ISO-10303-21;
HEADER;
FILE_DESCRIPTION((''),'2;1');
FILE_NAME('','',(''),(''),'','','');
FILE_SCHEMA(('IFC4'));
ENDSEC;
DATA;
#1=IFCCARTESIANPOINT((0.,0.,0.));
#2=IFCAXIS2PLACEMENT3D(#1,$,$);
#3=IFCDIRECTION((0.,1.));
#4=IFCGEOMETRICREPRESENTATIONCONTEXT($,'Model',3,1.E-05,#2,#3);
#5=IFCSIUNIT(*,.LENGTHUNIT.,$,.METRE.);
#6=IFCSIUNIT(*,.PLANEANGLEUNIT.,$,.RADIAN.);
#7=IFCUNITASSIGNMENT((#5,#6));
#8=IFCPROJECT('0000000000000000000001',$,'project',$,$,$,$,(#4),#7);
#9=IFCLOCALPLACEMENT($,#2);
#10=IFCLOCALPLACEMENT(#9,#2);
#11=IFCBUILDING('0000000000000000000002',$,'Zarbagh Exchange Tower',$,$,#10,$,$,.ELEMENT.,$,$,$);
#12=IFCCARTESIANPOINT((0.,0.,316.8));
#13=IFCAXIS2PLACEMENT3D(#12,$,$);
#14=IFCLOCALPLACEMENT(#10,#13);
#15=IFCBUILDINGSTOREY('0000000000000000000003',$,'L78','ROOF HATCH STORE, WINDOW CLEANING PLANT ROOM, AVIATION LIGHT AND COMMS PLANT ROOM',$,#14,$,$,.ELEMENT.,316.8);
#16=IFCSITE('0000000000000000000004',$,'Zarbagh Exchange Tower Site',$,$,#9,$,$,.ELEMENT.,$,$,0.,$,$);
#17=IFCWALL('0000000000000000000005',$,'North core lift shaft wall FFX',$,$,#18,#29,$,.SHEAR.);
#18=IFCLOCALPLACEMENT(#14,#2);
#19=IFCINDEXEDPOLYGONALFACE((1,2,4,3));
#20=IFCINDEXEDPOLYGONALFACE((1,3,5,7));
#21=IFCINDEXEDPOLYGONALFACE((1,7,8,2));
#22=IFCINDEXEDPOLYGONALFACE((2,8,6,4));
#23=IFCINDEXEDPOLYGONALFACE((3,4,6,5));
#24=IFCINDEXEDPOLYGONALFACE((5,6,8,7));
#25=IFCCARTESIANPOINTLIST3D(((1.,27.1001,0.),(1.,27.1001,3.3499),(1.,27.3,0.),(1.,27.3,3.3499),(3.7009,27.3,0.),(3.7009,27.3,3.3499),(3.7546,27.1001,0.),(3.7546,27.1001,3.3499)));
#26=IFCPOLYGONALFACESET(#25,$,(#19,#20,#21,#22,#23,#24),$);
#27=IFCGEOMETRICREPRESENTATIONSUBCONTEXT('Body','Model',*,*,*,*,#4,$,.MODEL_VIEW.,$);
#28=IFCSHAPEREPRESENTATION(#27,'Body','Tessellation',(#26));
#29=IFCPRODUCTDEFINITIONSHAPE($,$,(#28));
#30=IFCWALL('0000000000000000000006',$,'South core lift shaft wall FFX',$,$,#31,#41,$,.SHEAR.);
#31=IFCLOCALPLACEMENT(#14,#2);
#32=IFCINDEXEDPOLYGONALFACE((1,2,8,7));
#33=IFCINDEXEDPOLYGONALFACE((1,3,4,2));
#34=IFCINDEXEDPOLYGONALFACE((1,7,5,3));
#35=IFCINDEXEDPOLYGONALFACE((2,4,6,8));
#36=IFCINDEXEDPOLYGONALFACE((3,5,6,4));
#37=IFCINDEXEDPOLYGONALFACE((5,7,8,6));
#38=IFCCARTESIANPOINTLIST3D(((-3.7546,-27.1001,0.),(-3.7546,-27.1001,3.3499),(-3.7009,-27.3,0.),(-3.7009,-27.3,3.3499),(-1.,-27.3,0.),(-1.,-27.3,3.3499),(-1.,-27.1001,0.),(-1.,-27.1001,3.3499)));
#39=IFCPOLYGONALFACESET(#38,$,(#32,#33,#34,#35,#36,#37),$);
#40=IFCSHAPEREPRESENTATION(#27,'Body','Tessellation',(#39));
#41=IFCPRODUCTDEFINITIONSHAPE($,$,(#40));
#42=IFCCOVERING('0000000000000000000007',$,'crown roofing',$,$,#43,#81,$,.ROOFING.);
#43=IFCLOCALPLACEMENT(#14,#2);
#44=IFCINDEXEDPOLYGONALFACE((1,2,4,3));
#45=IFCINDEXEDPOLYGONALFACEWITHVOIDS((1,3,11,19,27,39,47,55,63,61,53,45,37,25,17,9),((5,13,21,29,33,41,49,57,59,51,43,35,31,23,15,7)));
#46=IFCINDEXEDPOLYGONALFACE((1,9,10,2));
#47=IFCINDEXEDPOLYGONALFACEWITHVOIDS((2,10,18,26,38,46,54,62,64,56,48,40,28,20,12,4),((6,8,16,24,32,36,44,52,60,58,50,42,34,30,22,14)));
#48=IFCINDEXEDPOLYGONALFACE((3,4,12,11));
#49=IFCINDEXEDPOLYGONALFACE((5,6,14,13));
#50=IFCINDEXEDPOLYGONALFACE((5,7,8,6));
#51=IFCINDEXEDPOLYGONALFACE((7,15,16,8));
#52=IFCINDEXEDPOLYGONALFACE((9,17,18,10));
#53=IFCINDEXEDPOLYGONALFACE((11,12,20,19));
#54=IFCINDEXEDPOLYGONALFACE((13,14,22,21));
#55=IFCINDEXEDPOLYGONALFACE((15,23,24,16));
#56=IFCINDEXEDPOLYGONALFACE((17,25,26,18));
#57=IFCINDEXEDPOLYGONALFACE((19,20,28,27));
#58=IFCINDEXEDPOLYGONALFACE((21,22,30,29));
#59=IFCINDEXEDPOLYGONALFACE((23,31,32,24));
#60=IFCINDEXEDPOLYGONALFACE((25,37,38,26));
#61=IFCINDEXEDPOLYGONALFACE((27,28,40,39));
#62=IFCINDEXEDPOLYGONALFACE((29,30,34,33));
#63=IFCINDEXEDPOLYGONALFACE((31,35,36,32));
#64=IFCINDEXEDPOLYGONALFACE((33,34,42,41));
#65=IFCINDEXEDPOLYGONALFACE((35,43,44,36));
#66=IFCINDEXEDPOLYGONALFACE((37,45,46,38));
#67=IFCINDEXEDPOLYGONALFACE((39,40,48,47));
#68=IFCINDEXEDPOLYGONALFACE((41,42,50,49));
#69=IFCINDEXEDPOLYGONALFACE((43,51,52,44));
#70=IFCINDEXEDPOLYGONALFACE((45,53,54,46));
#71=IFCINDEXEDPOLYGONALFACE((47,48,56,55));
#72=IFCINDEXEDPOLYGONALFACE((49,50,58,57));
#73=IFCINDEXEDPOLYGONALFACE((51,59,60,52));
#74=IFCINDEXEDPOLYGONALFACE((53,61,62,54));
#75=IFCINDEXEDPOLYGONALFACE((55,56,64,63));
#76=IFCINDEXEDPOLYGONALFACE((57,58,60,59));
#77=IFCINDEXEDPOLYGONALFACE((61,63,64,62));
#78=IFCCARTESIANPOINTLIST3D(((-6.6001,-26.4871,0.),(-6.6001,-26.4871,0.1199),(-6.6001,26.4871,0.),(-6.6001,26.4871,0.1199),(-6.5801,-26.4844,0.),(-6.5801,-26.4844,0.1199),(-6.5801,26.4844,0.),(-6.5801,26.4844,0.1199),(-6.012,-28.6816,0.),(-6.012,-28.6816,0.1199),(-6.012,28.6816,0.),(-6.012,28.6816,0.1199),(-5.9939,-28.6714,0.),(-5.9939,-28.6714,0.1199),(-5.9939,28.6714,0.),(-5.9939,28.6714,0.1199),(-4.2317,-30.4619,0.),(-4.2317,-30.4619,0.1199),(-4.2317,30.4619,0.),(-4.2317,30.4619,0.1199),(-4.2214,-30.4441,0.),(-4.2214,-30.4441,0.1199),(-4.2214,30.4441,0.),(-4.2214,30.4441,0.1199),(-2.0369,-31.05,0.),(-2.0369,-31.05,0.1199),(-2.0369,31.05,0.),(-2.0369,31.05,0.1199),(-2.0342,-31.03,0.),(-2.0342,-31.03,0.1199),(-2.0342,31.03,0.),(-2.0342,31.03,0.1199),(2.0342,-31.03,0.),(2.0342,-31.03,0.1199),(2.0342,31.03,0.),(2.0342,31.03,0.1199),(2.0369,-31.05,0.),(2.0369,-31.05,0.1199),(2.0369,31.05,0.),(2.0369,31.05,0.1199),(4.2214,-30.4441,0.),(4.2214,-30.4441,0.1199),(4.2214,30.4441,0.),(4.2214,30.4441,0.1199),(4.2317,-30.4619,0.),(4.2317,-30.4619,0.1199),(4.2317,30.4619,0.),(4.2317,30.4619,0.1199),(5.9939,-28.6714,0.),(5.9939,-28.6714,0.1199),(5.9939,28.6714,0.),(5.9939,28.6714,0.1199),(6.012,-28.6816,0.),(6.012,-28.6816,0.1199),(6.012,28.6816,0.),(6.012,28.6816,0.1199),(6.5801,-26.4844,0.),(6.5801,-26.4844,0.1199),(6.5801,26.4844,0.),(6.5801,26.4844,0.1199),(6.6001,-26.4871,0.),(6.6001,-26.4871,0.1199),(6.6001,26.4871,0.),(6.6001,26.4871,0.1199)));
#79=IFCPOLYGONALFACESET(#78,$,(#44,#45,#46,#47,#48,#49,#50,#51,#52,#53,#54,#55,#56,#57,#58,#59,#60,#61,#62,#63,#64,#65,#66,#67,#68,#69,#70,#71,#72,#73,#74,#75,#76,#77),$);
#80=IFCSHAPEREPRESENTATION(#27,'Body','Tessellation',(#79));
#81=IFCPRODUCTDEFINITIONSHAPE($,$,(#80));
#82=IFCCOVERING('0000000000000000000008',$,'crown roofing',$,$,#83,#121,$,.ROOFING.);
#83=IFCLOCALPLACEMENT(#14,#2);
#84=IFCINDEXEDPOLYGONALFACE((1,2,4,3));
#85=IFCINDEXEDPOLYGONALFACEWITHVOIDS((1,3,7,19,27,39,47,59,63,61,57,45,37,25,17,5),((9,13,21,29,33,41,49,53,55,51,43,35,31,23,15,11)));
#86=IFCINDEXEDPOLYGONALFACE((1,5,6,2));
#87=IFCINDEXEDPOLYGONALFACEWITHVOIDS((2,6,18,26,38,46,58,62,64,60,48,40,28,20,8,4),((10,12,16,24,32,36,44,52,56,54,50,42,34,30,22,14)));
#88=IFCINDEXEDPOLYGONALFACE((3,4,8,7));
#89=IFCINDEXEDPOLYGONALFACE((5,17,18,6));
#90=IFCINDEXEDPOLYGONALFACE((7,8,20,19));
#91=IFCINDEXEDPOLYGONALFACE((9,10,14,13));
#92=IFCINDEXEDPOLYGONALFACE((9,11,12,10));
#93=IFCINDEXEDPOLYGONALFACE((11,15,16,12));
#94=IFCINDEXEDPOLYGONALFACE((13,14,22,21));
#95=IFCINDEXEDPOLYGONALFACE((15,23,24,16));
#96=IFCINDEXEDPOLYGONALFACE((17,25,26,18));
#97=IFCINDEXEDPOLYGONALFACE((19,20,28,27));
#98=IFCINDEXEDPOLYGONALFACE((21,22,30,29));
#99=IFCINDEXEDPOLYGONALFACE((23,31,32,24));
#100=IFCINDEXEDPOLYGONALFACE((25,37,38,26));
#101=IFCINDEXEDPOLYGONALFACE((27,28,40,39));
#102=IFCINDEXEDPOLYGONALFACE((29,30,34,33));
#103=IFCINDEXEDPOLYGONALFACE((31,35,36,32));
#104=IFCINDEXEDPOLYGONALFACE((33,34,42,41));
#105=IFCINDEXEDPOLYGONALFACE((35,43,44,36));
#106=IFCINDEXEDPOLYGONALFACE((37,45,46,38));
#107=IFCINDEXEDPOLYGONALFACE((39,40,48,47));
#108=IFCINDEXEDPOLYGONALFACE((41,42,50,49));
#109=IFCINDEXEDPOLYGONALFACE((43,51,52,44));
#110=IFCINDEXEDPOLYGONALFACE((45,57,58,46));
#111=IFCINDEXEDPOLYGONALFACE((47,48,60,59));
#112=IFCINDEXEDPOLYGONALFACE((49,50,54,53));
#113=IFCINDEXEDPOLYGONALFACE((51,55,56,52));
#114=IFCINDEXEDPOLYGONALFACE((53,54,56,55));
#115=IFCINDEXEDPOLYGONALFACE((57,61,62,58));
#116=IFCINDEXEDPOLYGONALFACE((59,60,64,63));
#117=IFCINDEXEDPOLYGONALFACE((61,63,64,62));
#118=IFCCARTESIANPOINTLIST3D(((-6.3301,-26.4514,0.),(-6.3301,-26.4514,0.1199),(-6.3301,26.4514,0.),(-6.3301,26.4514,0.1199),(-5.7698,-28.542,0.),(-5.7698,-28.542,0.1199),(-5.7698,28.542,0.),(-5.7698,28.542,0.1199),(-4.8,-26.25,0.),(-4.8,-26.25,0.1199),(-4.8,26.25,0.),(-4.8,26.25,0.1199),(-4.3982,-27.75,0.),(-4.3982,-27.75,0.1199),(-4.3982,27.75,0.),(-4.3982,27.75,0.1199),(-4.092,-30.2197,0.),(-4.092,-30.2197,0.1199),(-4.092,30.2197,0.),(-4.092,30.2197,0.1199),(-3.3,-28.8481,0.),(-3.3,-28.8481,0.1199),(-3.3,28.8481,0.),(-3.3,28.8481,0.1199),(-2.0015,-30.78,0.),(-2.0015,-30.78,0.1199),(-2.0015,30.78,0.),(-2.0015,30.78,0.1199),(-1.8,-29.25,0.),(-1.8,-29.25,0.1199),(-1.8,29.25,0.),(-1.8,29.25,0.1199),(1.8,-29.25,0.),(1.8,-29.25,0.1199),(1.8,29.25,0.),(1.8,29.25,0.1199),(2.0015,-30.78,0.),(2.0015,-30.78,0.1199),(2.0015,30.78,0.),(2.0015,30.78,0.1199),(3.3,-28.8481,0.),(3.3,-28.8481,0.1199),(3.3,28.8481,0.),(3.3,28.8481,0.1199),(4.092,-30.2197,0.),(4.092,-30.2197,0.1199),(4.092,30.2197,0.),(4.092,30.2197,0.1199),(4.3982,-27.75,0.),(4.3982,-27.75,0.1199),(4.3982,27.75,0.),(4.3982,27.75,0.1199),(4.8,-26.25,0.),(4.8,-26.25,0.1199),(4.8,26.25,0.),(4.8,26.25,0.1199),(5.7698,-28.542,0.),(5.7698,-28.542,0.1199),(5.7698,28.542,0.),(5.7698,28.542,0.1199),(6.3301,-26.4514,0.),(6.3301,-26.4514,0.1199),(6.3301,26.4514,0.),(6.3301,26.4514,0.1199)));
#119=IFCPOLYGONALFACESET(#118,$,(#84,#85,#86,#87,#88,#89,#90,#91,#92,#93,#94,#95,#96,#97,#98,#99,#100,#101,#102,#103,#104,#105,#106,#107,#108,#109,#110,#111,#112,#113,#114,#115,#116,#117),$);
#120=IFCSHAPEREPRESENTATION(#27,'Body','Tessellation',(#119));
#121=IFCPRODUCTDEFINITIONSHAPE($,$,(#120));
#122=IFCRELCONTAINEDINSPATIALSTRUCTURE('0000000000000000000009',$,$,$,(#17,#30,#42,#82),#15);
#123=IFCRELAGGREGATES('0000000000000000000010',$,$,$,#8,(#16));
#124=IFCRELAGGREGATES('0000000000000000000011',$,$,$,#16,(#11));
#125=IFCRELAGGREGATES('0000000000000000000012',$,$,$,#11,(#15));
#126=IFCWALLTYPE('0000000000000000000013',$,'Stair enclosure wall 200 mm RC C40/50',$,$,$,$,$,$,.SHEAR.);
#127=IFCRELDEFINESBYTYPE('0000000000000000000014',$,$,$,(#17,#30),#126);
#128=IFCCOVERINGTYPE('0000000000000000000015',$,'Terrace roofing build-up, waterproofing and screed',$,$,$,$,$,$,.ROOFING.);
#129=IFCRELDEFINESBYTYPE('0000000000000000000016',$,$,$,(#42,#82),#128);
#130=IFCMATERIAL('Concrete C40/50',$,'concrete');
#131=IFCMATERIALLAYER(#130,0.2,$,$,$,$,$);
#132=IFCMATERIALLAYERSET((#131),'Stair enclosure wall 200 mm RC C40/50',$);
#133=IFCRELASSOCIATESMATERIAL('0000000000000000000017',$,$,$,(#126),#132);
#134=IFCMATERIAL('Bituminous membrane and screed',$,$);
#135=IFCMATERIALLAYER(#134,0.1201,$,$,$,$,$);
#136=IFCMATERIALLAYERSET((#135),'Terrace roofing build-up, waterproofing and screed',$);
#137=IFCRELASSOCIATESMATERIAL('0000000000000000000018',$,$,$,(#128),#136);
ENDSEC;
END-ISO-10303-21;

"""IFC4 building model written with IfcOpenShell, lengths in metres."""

from ifc_helpers import new_model, si_unit, direction, frame, origin, place, context, subcontext, project, spatial, polyline, outline, extrude, material, layer, layer_set, type_object, element, save


model = new_model("IFC4")

# Units and contexts
model_context = context("Model", 3, precision=1e-05, world=origin(), true_north=direction((0.0, 1.0)))
body_context = subcontext(model_context, "Body", "Model", "MODEL_VIEW")
ifc_project = project(units=[si_unit("LENGTHUNIT", "METRE"), si_unit("PLANEANGLEUNIT", "RADIAN")], contexts=[model_context])

# Site, building, storey
site_placement = place(None, origin())
site = spatial("IfcSite", under=ifc_project, at=site_placement, Name="Zarbagh Exchange Tower Site", CompositionType="ELEMENT", RefElevation=0.0)
building_placement = place(site_placement, origin())
building = spatial("IfcBuilding", under=site, at=building_placement, Name="Zarbagh Exchange Tower", CompositionType="ELEMENT")
storey_placement = place(building_placement, frame((0.0, 0.0, 316.8)))
storey = spatial("IfcBuildingStorey", under=building, at=storey_placement, Name="L78", Description="ROOF HATCH STORE, WINDOW CLEANING PLANT ROOM, AVIATION LIGHT AND COMMS PLANT ROOM", CompositionType="ELEMENT", Elevation=316.8)

# Walls
ifc_material_1 = material(Name="Concrete C40/50", Category="concrete")
ifc_layer_1 = layer(ifc_material_1, 0.2)
ifc_layer_set_1 = layer_set([ifc_layer_1], Name="Stair enclosure wall 200 mm RC C40/50")
wall_type_1 = type_object("IfcWallType", Name="Stair enclosure wall 200 mm RC C40/50", PredefinedType="SHEAR", material=ifc_layer_set_1)
wall_1_placement = place(storey_placement, origin())
element("IfcWall", 1, at=wall_1_placement, inside=storey, type_object=wall_type_1, Name="North core lift shaft wall FFX", PredefinedType="SHEAR", context=body_context, shape_type="SweptSolid", body=[
    extrude(outline(polyline([(1.0, 27.1001), (3.7546, 27.1001), (3.7009, 27.3), (1.0, 27.3), (1.0, 27.1001)])), origin(), (0.0, 0.0, 1.0), 3.3499),
])
wall_2_placement = place(storey_placement, origin())
element("IfcWall", 2, at=wall_2_placement, inside=storey, type_object=wall_type_1, Name="South core lift shaft wall FFX", PredefinedType="SHEAR", context=body_context, shape_type="SweptSolid", body=[
    extrude(outline(polyline([(-1.0, -27.1001), (-3.7546, -27.1001), (-3.7009, -27.3), (-1.0, -27.3), (-1.0, -27.1001)])), origin(), (0.0, 0.0, 1.0), 3.3499),
])

# Coverings
ifc_material_2 = material(Name="Bituminous membrane and screed")
ifc_layer_2 = layer(ifc_material_2, 0.1201)
ifc_layer_set_2 = layer_set([ifc_layer_2], Name="Terrace roofing build-up, waterproofing and screed")
covering_type = type_object("IfcCoveringType", Name="Terrace roofing build-up, waterproofing and screed", PredefinedType="ROOFING", material=ifc_layer_set_2)
covering_1_placement = place(storey_placement, origin())
element("IfcCovering", 3, at=covering_1_placement, inside=storey, type_object=covering_type, Name="crown roofing", PredefinedType="ROOFING", context=body_context, shape_type="SweptSolid", body=[
    extrude(outline(polyline([(-4.2317, -30.4619), (-6.012, -28.6816), (-6.6001, -26.4871), (-6.6001, 26.4871), (-6.012, 28.6816), (-4.2317, 30.4619), (-2.0369, 31.05), (2.0369, 31.05), (4.2317, 30.4619), (6.012, 28.6816), (6.6001, 26.4871), (6.6001, -26.4871), (6.012, -28.6816), (4.2317, -30.4619), (2.0369, -31.05), (-2.0369, -31.05), (-4.2317, -30.4619)]), holes=[polyline([(-6.5801, -26.4844), (-5.9939, -28.6714), (-4.2214, -30.4441), (-2.0342, -31.03), (2.0342, -31.03), (4.2214, -30.4441), (5.9939, -28.6714), (6.5801, -26.4844), (6.5801, 26.4844), (5.9939, 28.6714), (4.2214, 30.4441), (2.0342, 31.03), (-2.0342, 31.03), (-4.2214, 30.4441), (-5.9939, 28.6714), (-6.5801, 26.4844), (-6.5801, -26.4844)])]), origin(), (0.0, 0.0, 1.0), 0.1199),
])
covering_2_placement = place(storey_placement, origin())
element("IfcCovering", 4, at=covering_2_placement, inside=storey, type_object=covering_type, Name="crown roofing", PredefinedType="ROOFING", context=body_context, shape_type="SweptSolid", body=[
    extrude(outline(polyline([(2.0015, 30.78), (4.092, 30.2197), (5.7698, 28.542), (6.3301, 26.4514), (6.3301, -26.4514), (5.7698, -28.542), (4.092, -30.2197), (2.0015, -30.78), (-2.0015, -30.78), (-4.092, -30.2197), (-5.7698, -28.542), (-6.3301, -26.4514), (-6.3301, 26.4514), (-5.7698, 28.542), (-4.092, 30.2197), (-2.0015, 30.78), (2.0015, 30.78)]), holes=[polyline([(4.3982, -27.75), (4.8, -26.25), (4.8, 26.25), (4.3982, 27.75), (3.3, 28.8481), (1.8, 29.25), (-1.8, 29.25), (-3.3, 28.8481), (-4.3982, 27.75), (-4.8, 26.25), (-4.8, -26.25), (-4.3982, -27.75), (-3.3, -28.8481), (-1.8, -29.25), (1.8, -29.25), (3.3, -28.8481), (4.3982, -27.75)])]), origin(), (0.0, 0.0, 1.0), 0.1199),
])

save(model, "model.ifc")
